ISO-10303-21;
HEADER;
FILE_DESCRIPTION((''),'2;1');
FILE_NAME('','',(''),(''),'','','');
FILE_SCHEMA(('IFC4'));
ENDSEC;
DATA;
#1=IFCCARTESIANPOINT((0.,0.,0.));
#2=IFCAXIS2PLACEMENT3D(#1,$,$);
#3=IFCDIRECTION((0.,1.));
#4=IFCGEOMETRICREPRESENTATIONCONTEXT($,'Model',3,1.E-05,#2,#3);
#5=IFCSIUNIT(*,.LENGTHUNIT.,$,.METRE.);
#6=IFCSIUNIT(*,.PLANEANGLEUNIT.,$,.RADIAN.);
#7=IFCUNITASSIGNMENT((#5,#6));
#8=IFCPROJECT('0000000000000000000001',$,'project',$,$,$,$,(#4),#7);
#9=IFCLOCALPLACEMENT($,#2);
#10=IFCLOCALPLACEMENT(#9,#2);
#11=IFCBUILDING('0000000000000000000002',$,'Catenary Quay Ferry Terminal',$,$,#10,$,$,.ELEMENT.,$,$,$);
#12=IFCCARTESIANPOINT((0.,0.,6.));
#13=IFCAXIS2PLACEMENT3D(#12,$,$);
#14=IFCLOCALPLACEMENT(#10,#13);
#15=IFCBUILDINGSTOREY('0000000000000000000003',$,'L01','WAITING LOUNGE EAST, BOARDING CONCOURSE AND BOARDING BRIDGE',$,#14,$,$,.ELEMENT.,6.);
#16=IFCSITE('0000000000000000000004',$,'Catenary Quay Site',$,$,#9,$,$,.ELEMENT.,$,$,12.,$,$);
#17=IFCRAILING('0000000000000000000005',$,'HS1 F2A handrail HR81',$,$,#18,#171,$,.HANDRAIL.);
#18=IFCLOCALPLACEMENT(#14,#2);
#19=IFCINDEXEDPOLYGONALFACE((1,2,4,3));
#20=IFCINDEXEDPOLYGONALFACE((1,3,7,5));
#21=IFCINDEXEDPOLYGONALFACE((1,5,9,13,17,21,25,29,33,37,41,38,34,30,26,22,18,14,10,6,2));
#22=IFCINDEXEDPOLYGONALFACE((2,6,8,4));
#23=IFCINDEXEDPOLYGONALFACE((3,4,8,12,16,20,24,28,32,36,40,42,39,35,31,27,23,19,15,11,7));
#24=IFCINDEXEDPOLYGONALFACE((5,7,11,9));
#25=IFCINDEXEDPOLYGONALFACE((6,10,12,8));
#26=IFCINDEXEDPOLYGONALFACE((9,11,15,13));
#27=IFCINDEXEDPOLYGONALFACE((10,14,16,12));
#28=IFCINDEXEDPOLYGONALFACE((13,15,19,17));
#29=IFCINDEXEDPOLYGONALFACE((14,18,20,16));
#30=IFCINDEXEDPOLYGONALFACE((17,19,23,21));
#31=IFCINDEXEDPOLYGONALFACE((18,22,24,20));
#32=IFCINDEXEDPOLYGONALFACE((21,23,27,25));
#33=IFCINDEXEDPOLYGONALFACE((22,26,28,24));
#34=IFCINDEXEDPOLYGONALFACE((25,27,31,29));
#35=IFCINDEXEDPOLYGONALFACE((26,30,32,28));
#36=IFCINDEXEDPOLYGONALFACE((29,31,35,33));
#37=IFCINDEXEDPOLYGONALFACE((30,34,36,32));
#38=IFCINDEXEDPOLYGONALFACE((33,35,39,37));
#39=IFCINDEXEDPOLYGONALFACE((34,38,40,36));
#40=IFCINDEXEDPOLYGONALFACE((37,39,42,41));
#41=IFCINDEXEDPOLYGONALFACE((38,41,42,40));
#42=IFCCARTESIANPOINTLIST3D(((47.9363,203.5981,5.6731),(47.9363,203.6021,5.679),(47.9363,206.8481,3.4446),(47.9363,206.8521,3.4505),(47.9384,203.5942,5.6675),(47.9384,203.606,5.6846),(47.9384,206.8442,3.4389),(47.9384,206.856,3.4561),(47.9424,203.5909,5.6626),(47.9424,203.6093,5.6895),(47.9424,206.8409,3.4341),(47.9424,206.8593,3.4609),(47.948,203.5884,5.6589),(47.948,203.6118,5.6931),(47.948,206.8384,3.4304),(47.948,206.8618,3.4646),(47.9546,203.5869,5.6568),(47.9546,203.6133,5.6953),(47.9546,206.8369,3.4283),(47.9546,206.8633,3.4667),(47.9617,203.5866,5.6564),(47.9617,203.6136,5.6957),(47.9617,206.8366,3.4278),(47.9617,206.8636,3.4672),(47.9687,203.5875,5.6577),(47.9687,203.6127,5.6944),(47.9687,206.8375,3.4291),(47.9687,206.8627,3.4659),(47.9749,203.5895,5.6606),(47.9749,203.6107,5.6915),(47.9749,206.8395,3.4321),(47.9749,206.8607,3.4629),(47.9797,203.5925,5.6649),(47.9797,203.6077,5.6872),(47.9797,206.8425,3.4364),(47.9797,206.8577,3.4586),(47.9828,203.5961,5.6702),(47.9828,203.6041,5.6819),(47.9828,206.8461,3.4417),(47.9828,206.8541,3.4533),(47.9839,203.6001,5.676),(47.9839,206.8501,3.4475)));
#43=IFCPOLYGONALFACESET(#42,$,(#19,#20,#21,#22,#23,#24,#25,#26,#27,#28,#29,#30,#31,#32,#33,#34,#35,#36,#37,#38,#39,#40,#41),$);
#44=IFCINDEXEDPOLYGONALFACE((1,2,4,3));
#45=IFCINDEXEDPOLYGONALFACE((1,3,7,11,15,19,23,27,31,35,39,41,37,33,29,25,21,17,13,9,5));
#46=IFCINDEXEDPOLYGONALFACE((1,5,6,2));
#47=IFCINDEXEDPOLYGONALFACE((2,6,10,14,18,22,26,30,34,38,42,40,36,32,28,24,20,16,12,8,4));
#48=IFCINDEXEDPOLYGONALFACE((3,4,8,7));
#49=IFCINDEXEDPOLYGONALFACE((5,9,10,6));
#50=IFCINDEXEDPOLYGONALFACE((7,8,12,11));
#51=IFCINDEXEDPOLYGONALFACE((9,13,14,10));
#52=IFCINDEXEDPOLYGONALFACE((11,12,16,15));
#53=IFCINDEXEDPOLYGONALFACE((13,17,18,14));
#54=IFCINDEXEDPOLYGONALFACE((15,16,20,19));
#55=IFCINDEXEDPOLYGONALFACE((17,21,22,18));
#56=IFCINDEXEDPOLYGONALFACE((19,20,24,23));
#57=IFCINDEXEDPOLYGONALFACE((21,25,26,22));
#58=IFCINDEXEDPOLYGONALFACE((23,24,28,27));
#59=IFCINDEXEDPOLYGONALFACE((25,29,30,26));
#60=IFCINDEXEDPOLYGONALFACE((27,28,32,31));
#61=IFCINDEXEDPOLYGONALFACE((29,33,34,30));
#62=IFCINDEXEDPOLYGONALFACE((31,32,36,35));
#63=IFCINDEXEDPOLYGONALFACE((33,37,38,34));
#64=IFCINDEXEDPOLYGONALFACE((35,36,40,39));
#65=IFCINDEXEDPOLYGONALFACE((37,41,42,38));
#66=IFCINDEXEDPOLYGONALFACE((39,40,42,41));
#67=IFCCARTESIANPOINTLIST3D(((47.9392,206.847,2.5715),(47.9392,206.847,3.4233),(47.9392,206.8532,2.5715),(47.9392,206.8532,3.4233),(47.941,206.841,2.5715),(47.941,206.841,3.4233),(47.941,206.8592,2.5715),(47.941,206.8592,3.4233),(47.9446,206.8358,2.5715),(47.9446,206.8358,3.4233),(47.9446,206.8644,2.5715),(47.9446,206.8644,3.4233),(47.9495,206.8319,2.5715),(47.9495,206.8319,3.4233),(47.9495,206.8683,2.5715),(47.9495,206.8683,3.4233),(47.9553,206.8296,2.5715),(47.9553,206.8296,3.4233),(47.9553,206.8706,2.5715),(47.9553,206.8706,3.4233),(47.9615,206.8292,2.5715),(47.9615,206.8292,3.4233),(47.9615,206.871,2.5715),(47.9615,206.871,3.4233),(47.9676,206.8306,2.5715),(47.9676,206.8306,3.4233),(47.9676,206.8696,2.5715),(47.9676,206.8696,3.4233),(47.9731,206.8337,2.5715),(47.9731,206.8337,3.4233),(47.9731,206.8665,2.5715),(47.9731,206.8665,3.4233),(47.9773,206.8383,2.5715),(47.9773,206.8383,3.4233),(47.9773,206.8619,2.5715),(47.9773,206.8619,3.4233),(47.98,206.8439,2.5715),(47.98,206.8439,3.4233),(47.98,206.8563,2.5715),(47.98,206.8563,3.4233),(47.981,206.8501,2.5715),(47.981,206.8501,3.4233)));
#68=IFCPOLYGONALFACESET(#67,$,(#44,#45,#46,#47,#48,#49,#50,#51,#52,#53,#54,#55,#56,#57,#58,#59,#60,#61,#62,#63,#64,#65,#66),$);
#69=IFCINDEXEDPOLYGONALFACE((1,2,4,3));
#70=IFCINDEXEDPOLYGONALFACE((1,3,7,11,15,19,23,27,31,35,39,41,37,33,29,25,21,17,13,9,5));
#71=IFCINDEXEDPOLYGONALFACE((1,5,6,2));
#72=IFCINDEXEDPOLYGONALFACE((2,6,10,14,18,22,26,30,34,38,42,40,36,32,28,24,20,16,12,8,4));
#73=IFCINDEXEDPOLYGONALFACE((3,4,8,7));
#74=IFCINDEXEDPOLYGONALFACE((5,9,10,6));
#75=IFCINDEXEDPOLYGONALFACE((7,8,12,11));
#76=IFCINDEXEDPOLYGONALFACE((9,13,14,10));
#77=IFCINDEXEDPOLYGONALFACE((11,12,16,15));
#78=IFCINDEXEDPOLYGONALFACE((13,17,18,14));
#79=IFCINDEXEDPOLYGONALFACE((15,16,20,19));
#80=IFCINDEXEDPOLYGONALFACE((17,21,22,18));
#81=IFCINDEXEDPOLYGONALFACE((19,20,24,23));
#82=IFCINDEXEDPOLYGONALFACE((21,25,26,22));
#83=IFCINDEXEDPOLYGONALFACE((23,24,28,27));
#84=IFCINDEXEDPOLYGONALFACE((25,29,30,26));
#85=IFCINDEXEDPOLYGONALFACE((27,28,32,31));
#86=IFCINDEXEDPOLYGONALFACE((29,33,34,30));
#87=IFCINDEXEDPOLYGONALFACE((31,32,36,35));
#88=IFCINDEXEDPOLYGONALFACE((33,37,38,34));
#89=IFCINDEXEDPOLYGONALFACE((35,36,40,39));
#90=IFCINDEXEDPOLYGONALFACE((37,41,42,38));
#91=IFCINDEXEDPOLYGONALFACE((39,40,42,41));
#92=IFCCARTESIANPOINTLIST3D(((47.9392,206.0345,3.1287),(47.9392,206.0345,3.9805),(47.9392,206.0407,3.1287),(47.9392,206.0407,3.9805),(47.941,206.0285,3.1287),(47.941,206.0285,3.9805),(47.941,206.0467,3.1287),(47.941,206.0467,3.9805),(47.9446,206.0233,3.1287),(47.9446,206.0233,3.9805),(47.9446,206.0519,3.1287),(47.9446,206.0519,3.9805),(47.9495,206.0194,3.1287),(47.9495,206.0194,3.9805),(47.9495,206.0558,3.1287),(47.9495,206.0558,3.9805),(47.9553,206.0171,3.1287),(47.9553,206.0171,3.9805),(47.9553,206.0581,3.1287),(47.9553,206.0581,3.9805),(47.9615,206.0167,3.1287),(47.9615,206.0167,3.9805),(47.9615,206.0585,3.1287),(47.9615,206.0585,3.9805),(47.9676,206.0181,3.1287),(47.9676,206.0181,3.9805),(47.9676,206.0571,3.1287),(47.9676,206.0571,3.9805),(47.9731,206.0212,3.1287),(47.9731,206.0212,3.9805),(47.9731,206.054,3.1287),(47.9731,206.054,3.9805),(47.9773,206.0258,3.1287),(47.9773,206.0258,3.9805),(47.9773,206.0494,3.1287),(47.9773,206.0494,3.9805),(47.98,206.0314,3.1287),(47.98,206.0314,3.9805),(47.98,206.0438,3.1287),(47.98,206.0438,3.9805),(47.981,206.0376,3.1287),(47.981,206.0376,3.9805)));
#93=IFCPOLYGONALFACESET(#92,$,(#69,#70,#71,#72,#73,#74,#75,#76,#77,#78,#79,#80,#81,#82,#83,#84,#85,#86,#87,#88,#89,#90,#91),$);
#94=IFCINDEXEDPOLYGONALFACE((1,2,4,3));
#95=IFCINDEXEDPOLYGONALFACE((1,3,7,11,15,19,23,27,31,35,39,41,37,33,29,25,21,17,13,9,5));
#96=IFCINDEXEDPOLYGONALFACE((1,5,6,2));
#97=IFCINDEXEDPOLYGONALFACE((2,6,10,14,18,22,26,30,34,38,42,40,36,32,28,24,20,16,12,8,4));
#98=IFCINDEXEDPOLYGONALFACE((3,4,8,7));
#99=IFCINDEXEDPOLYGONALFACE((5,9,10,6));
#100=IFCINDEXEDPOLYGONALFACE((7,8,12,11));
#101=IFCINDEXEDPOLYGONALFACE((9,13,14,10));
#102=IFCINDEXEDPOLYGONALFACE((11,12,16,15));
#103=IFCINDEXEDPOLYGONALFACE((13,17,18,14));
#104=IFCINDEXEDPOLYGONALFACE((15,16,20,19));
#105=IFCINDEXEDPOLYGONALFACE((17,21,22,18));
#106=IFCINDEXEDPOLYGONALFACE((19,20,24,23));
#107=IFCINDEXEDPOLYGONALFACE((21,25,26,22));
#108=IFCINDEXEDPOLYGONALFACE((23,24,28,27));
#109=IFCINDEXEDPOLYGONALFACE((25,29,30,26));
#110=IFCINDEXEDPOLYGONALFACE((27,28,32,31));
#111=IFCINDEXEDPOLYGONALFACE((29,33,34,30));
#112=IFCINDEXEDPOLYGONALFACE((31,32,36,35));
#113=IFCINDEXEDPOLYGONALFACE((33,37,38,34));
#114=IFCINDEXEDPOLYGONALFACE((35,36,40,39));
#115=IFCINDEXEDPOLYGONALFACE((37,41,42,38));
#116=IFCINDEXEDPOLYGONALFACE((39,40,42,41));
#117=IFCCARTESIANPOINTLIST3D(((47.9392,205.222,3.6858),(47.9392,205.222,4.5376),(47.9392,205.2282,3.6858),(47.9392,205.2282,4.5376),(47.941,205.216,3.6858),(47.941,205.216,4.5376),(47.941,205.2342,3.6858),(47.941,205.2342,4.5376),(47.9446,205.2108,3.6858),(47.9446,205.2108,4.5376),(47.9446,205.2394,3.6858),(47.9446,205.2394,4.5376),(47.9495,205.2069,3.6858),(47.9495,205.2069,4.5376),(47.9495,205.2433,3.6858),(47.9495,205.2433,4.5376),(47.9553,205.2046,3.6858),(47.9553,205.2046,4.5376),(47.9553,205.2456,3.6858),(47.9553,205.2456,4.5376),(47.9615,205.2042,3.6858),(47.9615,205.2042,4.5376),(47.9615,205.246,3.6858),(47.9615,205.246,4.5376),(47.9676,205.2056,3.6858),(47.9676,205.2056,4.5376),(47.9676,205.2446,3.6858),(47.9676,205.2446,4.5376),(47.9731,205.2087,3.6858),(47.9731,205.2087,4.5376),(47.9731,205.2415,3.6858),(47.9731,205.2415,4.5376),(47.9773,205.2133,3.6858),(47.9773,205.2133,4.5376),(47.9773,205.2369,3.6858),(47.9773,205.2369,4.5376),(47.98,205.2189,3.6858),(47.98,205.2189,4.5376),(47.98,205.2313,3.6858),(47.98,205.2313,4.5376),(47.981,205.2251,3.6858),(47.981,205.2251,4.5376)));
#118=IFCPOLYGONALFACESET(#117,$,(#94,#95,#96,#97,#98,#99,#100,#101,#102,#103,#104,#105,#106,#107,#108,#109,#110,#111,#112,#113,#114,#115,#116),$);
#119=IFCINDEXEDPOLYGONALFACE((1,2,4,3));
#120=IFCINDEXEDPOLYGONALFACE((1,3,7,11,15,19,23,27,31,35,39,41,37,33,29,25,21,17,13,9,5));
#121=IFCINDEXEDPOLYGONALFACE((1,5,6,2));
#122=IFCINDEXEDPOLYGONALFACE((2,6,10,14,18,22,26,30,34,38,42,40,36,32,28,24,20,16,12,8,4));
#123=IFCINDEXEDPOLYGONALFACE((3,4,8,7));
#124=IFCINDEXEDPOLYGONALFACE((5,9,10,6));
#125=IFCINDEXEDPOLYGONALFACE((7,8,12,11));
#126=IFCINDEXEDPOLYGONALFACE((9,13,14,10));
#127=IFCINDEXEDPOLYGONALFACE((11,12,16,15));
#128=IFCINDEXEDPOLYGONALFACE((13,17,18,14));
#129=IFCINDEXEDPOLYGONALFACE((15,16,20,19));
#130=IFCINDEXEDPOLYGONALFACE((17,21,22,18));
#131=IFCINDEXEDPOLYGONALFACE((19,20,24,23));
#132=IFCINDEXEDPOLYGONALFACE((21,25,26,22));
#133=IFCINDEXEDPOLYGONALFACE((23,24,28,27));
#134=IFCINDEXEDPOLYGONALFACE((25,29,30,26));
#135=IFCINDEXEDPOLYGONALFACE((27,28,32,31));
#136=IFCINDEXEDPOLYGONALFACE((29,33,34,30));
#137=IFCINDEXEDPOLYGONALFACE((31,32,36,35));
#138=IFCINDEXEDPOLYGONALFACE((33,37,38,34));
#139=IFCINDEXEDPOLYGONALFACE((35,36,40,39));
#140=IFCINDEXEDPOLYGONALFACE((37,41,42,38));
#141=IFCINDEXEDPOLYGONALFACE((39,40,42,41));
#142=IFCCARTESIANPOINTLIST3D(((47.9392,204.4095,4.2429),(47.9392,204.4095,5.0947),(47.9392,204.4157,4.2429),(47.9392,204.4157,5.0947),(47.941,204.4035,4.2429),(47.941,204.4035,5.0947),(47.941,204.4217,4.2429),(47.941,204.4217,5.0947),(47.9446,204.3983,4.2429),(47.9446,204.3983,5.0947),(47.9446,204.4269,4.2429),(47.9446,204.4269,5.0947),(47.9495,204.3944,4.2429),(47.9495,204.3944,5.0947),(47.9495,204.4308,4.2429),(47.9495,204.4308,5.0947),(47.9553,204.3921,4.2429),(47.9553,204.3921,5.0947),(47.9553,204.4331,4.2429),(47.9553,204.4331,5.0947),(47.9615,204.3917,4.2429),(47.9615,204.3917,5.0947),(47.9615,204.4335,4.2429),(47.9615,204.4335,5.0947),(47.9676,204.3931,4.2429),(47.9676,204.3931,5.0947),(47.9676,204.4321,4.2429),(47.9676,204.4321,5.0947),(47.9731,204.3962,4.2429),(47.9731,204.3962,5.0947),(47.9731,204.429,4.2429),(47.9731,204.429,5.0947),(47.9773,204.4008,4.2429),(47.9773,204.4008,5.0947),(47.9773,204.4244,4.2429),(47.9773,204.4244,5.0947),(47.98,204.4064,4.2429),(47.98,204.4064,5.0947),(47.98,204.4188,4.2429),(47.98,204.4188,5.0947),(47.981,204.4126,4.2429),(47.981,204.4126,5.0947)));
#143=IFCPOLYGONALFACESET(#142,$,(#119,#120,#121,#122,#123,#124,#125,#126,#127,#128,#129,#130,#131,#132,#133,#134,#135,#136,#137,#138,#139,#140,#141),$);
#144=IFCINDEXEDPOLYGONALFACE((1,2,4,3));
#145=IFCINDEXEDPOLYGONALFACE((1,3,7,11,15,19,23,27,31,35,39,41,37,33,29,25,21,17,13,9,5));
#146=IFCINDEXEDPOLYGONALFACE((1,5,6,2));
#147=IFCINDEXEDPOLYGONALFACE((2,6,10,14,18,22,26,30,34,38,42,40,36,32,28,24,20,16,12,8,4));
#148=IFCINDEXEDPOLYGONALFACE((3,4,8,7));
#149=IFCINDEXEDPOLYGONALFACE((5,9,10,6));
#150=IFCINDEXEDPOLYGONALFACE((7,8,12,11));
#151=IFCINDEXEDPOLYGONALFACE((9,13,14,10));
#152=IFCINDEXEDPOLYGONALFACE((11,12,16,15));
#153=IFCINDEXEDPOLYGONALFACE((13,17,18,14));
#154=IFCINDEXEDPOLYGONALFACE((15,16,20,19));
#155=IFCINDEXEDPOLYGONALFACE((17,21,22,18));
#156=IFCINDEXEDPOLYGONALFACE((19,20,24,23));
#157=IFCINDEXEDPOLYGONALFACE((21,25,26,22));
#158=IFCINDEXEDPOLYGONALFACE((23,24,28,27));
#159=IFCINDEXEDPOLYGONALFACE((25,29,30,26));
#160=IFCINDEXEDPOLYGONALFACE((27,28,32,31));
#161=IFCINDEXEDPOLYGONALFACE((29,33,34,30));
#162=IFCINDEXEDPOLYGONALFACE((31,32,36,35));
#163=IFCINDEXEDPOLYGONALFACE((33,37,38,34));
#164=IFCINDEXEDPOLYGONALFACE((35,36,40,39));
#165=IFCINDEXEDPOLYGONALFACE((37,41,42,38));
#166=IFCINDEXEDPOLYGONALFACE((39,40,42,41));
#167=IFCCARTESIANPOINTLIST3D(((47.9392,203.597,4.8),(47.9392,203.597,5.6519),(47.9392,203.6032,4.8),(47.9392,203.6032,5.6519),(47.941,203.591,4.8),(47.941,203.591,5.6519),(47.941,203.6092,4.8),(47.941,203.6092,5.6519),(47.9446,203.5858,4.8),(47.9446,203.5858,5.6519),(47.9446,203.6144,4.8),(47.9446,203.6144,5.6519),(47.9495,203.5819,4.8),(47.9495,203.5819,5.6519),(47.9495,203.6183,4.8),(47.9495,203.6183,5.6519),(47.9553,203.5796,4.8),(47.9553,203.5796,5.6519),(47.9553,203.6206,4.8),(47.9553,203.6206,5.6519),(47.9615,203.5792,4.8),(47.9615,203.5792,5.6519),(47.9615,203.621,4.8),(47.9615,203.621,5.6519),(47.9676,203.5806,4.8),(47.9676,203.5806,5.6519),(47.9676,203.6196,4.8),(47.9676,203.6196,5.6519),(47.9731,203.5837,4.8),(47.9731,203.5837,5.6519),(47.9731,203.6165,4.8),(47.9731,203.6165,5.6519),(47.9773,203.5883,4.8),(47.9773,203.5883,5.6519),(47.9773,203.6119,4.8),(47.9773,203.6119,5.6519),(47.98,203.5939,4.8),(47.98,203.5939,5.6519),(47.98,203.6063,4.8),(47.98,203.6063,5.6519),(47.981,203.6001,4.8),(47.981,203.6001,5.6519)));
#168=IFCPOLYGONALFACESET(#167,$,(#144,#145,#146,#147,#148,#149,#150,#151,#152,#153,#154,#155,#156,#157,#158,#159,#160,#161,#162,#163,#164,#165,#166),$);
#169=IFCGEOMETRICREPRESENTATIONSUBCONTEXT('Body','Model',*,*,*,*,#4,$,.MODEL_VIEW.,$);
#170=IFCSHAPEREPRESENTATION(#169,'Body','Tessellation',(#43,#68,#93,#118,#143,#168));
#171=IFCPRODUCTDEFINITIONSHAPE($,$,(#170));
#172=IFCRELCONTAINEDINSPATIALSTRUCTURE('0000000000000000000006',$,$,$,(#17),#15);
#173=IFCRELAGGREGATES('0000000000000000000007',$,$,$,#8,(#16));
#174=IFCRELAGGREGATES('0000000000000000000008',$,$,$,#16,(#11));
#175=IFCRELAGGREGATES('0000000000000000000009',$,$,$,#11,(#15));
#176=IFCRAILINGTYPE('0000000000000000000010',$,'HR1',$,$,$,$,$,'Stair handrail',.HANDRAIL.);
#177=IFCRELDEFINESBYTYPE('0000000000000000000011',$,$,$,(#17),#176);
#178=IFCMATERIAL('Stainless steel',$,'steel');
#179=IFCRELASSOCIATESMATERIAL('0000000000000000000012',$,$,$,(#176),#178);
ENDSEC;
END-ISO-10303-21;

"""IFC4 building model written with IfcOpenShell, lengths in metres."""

from ifc_helpers import new_model, si_unit, direction, frame, origin, origin_2d, place, context, subcontext, project, spatial, circle, extrude, material, type_object, element, save


model = new_model("IFC4")

# Units and contexts
model_context = context("Model", 3, precision=1e-05, world=origin(), true_north=direction((0.0, 1.0)))
body_context = subcontext(model_context, "Body", "Model", "MODEL_VIEW")
ifc_project = project(units=[si_unit("LENGTHUNIT", "METRE"), si_unit("PLANEANGLEUNIT", "RADIAN")], contexts=[model_context])

# Site, building, storey
site_placement = place(None, origin())
site = spatial("IfcSite", under=ifc_project, at=site_placement, Name="Catenary Quay Site", CompositionType="ELEMENT", RefElevation=12.0)
building_placement = place(site_placement, origin())
building = spatial("IfcBuilding", under=site, at=building_placement, Name="Catenary Quay Ferry Terminal", CompositionType="ELEMENT")
storey_placement = place(building_placement, frame((0.0, 0.0, 6.0)))
storey = spatial("IfcBuildingStorey", under=building, at=storey_placement, Name="L01", Description="WAITING LOUNGE EAST, BOARDING CONCOURSE AND BOARDING BRIDGE", CompositionType="ELEMENT", Elevation=6.0)

# Railing
ifc_material_1 = material(Name="Stainless steel", Category="steel")
railing_type_1 = type_object("IfcRailingType", Name="HR1", ElementType="Stair handrail", PredefinedType="HANDRAIL", material=ifc_material_1)
for number, where, name in (
    (1, (47.96, 206.8501, 2.5715), "HS1 F2A handrail HR81"),
):
    element("IfcRailing", number, at=place(storey_placement, frame(where)), inside=storey, type_object=railing_type_1, Name=name, PredefinedType="HANDRAIL", context=body_context, shape_type="SweptSolid", body=[
        extrude(circle(Radius=0.0239, at=origin_2d()), frame((0.0, 0.0, 0.876), z_axis=(0.0, -0.824735, 0.565519), x_axis=(1.0, 0.0, 0.0)), (0.0, 0.0, 1.0), 3.9407),
        extrude(circle(Radius=0.021, at=origin_2d()), origin(), (0.0, 0.0, 1.0), 0.8518),
        extrude(circle(Radius=0.021, at=origin_2d()), frame((0.0, -0.8125, 0.5571)), (0.0, 0.0, 1.0), 0.8518),
        extrude(circle(Radius=0.021, at=origin_2d()), frame((0.0, -1.625, 1.1143)), (0.0, 0.0, 1.0), 0.8518),
        extrude(circle(Radius=0.021, at=origin_2d()), frame((0.0, -2.4375, 1.6714)), (0.0, 0.0, 1.0), 0.8518),
        extrude(circle(Radius=0.021, at=origin_2d()), frame((0.0, -3.25, 2.2285)), (0.0, 0.0, 1.0), 0.8518),
    ])

save(model, "model.ifc")
